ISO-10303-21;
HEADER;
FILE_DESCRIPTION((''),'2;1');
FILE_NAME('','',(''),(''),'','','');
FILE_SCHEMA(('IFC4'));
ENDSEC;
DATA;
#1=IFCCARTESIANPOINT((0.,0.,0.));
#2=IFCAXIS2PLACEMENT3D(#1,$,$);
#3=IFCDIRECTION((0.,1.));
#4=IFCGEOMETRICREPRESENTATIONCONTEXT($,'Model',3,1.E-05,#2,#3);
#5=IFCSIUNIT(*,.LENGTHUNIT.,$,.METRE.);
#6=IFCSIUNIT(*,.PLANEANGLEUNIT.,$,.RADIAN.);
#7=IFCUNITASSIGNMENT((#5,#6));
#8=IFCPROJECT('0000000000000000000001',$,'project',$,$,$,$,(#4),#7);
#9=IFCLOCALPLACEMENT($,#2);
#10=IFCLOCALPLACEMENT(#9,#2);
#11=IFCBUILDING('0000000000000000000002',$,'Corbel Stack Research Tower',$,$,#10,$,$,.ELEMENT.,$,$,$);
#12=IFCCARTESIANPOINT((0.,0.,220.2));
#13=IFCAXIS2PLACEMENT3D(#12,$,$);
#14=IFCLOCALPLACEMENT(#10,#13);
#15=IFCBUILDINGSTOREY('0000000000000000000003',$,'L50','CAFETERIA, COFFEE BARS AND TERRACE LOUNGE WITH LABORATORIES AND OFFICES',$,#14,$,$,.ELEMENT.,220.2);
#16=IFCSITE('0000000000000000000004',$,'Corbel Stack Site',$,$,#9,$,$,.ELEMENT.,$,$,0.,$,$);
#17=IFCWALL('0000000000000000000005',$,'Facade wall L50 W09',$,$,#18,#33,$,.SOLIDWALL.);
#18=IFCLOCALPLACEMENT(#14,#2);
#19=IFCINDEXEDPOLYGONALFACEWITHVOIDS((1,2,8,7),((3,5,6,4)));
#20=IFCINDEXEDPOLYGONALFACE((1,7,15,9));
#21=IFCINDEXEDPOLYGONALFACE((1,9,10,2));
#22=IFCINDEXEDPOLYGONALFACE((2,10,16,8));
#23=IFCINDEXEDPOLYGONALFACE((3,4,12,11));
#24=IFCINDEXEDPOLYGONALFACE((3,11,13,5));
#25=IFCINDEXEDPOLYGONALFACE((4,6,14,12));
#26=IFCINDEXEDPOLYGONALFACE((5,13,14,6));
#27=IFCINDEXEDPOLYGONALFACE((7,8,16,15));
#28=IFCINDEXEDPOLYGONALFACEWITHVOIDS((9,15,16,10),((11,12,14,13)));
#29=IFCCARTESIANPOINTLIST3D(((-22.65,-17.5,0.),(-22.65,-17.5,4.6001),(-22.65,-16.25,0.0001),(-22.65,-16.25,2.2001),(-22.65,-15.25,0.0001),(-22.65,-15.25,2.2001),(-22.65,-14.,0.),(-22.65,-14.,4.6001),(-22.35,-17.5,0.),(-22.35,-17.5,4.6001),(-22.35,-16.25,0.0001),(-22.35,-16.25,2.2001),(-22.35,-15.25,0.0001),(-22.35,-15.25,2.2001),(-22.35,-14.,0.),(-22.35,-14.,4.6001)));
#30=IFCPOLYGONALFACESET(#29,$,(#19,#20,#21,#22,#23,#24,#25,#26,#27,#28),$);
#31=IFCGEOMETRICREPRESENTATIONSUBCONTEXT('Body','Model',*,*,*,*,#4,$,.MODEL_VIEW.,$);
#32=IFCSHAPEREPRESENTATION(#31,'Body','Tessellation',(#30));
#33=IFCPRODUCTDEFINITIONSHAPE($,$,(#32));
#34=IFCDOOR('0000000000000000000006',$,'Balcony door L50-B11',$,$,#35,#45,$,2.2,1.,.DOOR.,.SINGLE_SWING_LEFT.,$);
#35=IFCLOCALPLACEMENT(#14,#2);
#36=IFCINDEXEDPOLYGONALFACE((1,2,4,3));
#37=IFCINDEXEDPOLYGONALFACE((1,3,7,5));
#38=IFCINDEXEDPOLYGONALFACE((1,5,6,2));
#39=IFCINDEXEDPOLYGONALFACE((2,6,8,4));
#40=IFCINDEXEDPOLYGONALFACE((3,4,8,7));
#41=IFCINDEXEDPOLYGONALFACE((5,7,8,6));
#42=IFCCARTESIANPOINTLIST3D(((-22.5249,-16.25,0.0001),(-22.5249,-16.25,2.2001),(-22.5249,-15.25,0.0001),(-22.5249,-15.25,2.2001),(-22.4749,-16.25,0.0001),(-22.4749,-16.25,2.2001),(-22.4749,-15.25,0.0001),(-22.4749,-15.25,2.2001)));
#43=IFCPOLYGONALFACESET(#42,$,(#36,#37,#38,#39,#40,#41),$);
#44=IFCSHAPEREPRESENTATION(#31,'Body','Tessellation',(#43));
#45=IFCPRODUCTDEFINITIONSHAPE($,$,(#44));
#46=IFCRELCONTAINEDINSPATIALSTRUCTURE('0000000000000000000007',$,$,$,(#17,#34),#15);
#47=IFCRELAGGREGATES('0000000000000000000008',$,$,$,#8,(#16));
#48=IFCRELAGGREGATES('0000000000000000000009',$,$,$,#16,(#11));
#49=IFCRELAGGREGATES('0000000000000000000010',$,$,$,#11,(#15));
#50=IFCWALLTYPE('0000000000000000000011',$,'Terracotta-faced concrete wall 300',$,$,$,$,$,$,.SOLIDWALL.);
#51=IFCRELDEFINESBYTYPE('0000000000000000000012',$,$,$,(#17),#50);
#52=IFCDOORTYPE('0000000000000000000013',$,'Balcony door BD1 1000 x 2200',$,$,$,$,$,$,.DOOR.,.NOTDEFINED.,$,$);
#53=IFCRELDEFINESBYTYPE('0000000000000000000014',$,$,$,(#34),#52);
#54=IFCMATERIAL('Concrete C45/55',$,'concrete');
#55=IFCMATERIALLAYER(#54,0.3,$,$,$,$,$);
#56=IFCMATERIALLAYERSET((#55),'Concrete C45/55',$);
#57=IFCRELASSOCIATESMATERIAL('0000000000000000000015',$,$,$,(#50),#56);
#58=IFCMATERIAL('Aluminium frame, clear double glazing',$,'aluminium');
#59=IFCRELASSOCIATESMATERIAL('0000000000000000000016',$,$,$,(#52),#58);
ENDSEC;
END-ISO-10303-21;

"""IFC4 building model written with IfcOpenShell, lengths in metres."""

from ifc_helpers import new_model, si_unit, direction, frame, frame_2d, origin, place, context, subcontext, project, spatial, rectangle, extrude, material, layer, layer_set, type_object, element, fill, save


model = new_model("IFC4")

# Units and contexts
model_context = context("Model", 3, precision=1e-05, world=origin(), true_north=direction((0.0, 1.0)))
body_context = subcontext(model_context, "Body", "Model", "MODEL_VIEW")
ifc_project = project(units=[si_unit("LENGTHUNIT", "METRE"), si_unit("PLANEANGLEUNIT", "RADIAN")], contexts=[model_context])

# Site, building, storey
site_placement = place(None, origin())
site = spatial("IfcSite", under=ifc_project, at=site_placement, Name="Corbel Stack Site", CompositionType="ELEMENT", RefElevation=0.0)
building_placement = place(site_placement, origin())
building = spatial("IfcBuilding", under=site, at=building_placement, Name="Corbel Stack Research Tower", CompositionType="ELEMENT")
storey_placement = place(building_placement, frame((0.0, 0.0, 220.2)))
storey = spatial("IfcBuildingStorey", under=building, at=storey_placement, Name="L50", Description="CAFETERIA, COFFEE BARS AND TERRACE LOUNGE WITH LABORATORIES AND OFFICES", CompositionType="ELEMENT", Elevation=220.2)

# Wall, opening, door
ifc_material_1 = material(Name="Concrete C45/55", Category="concrete")
ifc_layer_1 = layer(ifc_material_1, 0.3)
ifc_layer_set_1 = layer_set([ifc_layer_1], Name="Concrete C45/55")
wall_type_1 = type_object("IfcWallType", Name="Terracotta-faced concrete wall 300", PredefinedType="SOLIDWALL", material=ifc_layer_set_1)
wall_1_placement = place(storey_placement, frame((-22.5, -17.5, 0.0), z_axis=(0.0, 0.0, 1.0), x_axis=(0.0, 1.0, 0.0)))
wall_1 = element("IfcWall", 1, at=wall_1_placement, inside=storey, type_object=wall_type_1, Name="Facade wall L50 W09", PredefinedType="SOLIDWALL", context=body_context, shape_type="SweptSolid", body=[
    extrude(rectangle(XDim=3.5, YDim=0.3, at=frame_2d((1.75, 0.0))), origin(), (0.0, 0.0, 1.0), 4.6001),
])
opening_1_placement = place(wall_1_placement, frame((1.25, 0.0, 0.0)))
opening_1 = element("IfcOpeningElement", 2, at=opening_1_placement, cuts=wall_1, PredefinedType="OPENING", context=body_context, shape_type="SweptSolid", body=[
    extrude(rectangle(XDim=1.0, YDim=2.2, at=frame_2d((0.5, 1.1001))), frame((0.0, 0.1599, 0.0), z_axis=(0.0, -1.0, 0.0), x_axis=(1.0, 0.0, 0.0)), (0.0, 0.0, 1.0), 0.3201),
])
ifc_material_2 = material(Name="Aluminium frame, clear double glazing", Category="aluminium")
door_type_1 = type_object("IfcDoorType", Name="Balcony door BD1 1000 x 2200", OperationType="NOTDEFINED", PredefinedType="DOOR", material=ifc_material_2)
door_1_placement = place(opening_1_placement, origin())
door_1 = element("IfcDoor", 3, at=door_1_placement, inside=storey, type_object=door_type_1, Name="Balcony door L50-B11", OperationType="SINGLE_SWING_LEFT", OverallHeight=2.2, OverallWidth=1.0, PredefinedType="DOOR", context=body_context, shape_type="SweptSolid", body=[
    extrude(rectangle(XDim=1.0, YDim=2.2, at=frame_2d((0.5, 1.1001))), frame((0.0, 0.0249, 0.0), z_axis=(0.0, -1.0, 0.0), x_axis=(1.0, 0.0, 0.0)), (0.0, 0.0, 1.0), 0.05),
])
fill(opening_1, door_1)

save(model, "model.ifc")
